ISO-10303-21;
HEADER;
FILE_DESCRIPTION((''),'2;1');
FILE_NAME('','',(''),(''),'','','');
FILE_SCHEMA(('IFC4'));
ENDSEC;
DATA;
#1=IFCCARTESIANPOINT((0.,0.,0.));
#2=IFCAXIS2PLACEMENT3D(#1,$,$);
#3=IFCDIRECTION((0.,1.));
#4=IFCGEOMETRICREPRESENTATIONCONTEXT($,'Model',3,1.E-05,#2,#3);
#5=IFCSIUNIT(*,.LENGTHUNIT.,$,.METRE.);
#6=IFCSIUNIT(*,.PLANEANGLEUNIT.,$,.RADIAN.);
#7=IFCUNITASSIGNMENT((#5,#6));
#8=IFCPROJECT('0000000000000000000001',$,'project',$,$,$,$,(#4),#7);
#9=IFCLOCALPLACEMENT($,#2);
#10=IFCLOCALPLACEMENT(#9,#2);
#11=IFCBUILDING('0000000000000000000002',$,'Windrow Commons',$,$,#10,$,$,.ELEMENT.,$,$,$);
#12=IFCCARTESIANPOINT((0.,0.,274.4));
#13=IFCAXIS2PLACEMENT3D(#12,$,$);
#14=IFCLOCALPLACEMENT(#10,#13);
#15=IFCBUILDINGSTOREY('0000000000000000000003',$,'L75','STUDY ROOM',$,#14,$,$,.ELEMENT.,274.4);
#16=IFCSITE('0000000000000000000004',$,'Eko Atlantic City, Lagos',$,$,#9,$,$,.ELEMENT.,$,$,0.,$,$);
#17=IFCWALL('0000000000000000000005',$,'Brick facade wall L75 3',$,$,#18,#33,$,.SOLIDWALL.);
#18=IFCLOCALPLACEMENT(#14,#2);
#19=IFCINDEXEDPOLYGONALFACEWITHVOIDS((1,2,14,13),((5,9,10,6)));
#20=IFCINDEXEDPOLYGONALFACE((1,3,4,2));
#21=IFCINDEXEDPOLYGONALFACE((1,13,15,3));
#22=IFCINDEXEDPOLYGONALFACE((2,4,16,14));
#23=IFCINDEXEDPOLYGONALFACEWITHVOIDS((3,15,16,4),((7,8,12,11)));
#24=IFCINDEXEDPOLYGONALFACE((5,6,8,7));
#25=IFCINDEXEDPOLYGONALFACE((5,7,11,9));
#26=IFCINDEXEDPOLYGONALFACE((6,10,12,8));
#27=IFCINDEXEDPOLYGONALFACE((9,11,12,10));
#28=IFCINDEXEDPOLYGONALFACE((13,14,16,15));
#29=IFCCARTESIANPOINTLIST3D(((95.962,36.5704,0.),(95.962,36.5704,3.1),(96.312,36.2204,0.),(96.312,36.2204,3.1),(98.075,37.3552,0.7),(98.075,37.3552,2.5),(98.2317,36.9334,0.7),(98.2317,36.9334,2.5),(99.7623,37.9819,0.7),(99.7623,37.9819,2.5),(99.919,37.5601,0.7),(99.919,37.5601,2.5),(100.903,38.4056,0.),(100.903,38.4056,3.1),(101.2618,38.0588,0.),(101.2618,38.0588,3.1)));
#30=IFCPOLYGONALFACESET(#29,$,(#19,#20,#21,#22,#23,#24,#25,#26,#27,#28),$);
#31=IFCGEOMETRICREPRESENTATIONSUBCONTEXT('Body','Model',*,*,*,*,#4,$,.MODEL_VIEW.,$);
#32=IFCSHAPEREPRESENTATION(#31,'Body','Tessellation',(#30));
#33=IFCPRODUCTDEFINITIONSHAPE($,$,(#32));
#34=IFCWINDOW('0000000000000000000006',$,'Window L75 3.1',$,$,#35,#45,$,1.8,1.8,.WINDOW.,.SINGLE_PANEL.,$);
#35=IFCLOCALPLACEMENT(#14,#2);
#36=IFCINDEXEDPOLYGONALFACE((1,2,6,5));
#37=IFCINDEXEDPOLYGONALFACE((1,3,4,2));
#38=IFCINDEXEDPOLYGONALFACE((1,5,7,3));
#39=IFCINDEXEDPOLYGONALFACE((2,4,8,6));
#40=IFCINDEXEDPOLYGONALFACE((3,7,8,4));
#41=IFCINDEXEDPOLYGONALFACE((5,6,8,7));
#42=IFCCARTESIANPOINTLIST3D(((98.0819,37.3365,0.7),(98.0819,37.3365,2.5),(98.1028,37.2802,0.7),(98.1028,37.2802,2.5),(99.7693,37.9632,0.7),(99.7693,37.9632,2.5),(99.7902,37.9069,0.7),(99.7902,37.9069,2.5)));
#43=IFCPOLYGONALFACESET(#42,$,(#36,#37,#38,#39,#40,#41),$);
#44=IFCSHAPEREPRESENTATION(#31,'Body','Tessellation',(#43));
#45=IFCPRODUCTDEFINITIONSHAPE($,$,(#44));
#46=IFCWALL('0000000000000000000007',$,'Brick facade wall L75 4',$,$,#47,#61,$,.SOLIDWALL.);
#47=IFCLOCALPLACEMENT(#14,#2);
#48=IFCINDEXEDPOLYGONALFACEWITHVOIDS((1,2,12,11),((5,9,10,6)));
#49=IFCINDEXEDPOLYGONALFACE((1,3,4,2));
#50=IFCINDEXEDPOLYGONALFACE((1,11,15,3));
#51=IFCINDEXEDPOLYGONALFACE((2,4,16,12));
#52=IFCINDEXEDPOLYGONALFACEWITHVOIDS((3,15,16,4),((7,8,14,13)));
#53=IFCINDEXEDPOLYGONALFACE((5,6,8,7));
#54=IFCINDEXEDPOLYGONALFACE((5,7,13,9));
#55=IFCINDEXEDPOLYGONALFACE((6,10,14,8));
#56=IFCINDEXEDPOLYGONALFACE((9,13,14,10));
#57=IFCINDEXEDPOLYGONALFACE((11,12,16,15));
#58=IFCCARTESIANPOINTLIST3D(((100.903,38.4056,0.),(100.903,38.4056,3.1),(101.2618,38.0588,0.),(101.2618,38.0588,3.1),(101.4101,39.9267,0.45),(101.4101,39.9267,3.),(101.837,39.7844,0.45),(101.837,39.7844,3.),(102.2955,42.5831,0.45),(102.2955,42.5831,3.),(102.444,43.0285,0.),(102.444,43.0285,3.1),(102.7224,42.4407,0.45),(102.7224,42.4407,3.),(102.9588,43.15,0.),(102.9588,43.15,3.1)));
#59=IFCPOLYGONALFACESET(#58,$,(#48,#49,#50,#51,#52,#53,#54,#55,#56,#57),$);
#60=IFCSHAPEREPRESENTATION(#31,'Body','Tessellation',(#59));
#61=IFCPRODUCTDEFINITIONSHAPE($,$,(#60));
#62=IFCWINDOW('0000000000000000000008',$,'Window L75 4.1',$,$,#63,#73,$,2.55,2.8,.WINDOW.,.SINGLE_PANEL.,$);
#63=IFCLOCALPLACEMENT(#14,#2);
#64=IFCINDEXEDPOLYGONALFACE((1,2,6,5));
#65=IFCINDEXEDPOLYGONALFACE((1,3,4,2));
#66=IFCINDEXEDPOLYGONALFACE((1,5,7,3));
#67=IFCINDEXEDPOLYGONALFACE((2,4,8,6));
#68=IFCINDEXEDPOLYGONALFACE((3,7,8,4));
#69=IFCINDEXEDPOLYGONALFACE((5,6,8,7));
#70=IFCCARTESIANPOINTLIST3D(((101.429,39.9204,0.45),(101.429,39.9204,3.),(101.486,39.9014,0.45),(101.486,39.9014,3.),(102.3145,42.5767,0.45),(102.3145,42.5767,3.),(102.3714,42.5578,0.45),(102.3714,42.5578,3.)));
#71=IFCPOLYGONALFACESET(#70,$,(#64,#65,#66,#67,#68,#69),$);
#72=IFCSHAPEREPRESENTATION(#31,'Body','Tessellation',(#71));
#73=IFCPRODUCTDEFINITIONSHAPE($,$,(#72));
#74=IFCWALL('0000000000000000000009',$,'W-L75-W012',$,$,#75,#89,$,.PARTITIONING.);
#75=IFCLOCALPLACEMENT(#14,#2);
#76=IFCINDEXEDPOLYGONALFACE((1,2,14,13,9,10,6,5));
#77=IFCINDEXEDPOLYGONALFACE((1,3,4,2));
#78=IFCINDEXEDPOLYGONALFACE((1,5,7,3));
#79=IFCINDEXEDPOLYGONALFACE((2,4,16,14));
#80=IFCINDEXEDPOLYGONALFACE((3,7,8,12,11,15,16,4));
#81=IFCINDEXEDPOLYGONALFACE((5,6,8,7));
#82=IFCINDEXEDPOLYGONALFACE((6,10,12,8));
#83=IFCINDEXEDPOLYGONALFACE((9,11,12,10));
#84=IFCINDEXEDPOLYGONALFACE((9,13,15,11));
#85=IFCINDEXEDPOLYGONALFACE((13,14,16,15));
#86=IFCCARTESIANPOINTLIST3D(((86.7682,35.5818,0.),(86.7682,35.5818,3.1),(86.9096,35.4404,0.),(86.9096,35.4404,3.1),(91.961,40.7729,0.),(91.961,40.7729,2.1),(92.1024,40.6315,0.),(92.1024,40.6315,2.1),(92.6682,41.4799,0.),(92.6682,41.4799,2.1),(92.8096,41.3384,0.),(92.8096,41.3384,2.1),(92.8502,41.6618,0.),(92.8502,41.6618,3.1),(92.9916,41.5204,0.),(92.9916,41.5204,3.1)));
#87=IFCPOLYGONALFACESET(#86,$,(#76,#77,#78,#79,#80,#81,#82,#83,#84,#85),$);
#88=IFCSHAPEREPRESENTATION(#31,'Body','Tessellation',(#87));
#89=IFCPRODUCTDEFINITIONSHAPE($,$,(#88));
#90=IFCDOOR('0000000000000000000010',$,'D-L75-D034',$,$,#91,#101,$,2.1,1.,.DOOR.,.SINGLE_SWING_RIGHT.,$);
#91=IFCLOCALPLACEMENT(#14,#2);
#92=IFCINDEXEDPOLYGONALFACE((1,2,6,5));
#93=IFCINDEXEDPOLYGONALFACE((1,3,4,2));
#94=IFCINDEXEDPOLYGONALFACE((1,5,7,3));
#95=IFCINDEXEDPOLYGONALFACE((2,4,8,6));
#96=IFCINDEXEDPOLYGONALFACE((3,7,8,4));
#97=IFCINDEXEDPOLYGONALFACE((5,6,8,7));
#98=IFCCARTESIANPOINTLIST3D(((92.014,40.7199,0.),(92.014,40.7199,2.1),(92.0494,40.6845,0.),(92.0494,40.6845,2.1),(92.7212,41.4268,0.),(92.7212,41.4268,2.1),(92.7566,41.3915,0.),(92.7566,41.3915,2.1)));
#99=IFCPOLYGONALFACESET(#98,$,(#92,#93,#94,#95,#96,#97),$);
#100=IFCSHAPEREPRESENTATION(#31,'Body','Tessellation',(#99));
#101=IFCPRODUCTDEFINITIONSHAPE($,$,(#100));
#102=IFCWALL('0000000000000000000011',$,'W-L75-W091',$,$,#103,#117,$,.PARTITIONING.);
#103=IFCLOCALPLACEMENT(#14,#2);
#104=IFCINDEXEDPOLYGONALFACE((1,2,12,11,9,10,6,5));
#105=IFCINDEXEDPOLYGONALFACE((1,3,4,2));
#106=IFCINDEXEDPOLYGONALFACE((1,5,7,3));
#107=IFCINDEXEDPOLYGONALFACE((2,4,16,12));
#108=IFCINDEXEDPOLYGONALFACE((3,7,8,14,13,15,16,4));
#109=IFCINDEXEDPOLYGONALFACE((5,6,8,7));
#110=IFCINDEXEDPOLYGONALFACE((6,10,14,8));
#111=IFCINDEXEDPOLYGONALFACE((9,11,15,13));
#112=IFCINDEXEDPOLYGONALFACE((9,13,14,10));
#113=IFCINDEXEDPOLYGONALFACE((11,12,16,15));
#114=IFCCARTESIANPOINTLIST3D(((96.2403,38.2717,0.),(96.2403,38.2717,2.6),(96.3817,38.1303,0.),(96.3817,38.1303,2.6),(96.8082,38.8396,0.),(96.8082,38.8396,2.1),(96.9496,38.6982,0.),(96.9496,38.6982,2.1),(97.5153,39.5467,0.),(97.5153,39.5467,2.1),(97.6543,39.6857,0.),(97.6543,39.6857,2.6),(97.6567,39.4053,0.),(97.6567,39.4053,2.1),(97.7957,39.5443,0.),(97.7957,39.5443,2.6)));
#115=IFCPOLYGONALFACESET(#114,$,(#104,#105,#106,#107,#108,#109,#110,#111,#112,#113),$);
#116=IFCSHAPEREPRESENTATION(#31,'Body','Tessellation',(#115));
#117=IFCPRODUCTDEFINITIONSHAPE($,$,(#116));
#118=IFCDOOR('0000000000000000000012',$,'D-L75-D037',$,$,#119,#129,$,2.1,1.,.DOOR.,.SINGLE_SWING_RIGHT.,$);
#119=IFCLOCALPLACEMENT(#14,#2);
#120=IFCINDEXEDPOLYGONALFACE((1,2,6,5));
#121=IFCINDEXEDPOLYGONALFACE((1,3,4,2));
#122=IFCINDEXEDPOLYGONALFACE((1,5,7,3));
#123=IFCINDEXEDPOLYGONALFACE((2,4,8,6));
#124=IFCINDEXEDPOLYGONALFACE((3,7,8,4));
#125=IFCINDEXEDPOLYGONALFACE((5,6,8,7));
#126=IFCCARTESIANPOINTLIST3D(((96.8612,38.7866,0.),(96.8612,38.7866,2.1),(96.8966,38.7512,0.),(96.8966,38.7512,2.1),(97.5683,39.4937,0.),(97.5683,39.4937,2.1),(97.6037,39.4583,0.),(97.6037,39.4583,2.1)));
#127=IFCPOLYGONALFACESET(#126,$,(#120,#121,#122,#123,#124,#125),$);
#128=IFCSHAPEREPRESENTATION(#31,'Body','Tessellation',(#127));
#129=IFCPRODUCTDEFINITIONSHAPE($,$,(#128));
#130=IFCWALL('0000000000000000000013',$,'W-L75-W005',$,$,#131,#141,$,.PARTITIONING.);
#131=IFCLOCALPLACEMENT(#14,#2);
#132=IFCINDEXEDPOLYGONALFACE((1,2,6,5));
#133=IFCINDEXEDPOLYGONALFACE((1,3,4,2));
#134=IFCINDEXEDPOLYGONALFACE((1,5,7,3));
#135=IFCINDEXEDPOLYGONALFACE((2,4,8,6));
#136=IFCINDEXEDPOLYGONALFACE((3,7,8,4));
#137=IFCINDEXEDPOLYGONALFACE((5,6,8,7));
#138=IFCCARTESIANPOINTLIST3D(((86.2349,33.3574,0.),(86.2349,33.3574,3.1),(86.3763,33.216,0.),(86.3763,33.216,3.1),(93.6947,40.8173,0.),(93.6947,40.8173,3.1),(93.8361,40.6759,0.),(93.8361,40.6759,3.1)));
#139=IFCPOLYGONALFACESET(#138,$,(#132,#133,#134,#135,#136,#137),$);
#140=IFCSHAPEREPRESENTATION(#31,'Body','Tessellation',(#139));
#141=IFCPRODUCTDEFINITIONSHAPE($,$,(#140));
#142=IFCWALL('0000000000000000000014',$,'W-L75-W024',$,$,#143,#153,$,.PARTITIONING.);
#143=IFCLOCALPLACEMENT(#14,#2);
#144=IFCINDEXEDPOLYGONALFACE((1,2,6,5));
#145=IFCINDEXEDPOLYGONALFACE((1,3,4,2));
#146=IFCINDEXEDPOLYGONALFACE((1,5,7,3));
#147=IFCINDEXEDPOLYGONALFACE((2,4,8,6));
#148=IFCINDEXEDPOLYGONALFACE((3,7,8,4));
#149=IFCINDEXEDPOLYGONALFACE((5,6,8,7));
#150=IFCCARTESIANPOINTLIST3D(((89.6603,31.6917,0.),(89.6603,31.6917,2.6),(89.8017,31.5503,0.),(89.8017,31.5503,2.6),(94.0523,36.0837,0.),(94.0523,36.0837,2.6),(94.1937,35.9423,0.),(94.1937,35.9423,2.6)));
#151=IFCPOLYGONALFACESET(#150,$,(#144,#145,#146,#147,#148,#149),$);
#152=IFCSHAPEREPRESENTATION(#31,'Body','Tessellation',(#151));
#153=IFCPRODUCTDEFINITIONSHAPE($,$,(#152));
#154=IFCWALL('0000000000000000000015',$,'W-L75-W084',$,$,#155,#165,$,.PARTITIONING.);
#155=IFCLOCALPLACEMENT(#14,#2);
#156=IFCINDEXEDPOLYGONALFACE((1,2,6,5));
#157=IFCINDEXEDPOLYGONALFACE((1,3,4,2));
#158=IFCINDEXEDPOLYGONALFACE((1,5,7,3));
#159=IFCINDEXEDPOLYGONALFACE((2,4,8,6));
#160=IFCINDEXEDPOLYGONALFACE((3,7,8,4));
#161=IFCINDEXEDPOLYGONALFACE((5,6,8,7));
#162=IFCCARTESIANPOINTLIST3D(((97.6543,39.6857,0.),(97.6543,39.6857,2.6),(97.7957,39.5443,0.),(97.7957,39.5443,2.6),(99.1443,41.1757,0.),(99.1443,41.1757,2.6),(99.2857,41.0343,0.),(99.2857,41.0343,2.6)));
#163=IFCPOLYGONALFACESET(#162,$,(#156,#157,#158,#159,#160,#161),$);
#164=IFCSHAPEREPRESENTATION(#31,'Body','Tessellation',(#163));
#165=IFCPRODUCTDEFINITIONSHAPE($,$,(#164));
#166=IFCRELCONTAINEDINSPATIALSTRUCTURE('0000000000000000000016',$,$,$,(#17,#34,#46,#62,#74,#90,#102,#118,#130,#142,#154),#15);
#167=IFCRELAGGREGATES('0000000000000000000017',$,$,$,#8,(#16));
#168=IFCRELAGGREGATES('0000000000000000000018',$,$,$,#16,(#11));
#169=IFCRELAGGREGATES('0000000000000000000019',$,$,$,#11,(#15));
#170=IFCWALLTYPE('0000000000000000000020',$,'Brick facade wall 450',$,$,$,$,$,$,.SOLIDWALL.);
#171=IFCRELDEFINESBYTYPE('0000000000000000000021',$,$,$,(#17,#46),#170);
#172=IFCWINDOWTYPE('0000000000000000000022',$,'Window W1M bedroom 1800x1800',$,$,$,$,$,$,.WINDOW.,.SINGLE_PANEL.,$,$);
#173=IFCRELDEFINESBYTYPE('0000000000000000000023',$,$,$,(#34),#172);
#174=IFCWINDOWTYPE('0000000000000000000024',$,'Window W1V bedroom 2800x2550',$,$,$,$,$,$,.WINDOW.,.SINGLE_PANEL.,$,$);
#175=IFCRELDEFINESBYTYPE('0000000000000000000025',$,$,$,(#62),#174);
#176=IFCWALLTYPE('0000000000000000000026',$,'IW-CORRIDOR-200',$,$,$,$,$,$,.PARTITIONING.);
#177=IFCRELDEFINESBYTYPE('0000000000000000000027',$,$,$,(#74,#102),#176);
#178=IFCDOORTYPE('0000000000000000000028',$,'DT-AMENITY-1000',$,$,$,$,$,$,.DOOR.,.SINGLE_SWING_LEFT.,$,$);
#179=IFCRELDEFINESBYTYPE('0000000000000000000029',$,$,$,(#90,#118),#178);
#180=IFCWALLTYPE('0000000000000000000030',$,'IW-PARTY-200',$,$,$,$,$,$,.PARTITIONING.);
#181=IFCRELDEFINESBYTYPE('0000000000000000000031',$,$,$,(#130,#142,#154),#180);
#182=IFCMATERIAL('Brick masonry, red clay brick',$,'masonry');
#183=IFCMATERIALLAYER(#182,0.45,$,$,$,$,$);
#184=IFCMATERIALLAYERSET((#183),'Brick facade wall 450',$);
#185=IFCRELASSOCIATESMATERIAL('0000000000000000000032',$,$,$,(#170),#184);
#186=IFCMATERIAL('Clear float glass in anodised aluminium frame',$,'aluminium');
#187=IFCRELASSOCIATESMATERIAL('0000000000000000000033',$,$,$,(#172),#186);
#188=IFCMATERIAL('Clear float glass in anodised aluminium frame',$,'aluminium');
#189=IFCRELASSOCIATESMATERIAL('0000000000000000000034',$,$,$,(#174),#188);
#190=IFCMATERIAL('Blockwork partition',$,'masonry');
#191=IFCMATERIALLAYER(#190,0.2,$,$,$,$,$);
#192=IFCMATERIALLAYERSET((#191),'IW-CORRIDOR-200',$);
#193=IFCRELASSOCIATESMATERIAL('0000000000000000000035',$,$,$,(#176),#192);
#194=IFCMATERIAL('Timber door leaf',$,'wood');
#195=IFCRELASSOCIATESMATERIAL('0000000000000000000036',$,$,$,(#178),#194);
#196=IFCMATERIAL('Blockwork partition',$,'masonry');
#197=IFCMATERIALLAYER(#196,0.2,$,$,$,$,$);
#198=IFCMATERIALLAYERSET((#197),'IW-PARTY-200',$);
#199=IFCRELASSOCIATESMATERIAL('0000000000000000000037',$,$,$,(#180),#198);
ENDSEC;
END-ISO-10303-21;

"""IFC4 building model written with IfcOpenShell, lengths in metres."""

from ifc_helpers import new_model, si_unit, direction, frame, frame_2d, origin, place, context, subcontext, project, spatial, polyline, rectangle, outline, extrude, material, layer, layer_set, type_object, element, fill, save


model = new_model("IFC4")

# Units and contexts
model_context = context("Model", 3, precision=1e-05, world=origin(), true_north=direction((0.0, 1.0)))
body_context = subcontext(model_context, "Body", "Model", "MODEL_VIEW")
ifc_project = project(units=[si_unit("LENGTHUNIT", "METRE"), si_unit("PLANEANGLEUNIT", "RADIAN")], contexts=[model_context])

# Site, building, storey
site_placement = place(None, origin())
site = spatial("IfcSite", under=ifc_project, at=site_placement, Name="Eko Atlantic City, Lagos", CompositionType="ELEMENT", RefElevation=0.0)
building_placement = place(site_placement, origin())
building = spatial("IfcBuilding", under=site, at=building_placement, Name="Windrow Commons", CompositionType="ELEMENT")
storey_placement = place(building_placement, frame((0.0, 0.0, 274.4)))
storey = spatial("IfcBuildingStorey", under=building, at=storey_placement, Name="L75", Description="STUDY ROOM", CompositionType="ELEMENT", Elevation=274.4)

# Walls, openings, windows
ifc_material_1 = material(Name="Brick masonry, red clay brick", Category="masonry")
ifc_layer_1 = layer(ifc_material_1, 0.45)
ifc_layer_set_1 = layer_set([ifc_layer_1], Name="Brick facade wall 450")
wall_type_1 = type_object("IfcWallType", Name="Brick facade wall 450", PredefinedType="SOLIDWALL", material=ifc_layer_set_1)
ifc_material_2 = material(Name="Clear float glass in anodised aluminium frame", Category="aluminium")
window_type_1 = type_object("IfcWindowType", Name="Window W1M bedroom 1800x1800", PartitioningType="SINGLE_PANEL", PredefinedType="WINDOW", material=ifc_material_2)
wall_1_placement = place(storey_placement, frame((96.137, 36.3954, 0.0), z_axis=(0.0, 0.0, 1.0), x_axis=(0.937429, 0.348176, 0.0)))
wall_1 = element("IfcWall", 1, at=wall_1_placement, inside=storey, type_object=wall_type_1, Name="Brick facade wall L75 3", PredefinedType="SOLIDWALL", context=body_context, shape_type="SweptSolid", body=[
    extrude(outline(polyline([(0.1031, -0.225), (5.3833, -0.225), (5.1677, 0.225), (-0.1031, 0.225), (0.1031, -0.225)])), origin(), (0.0, 0.0, 1.0), 3.1),
])
opening_1_placement = place(wall_1_placement, frame((2.1509, 0.0, 0.7)))
opening_1 = element("IfcOpeningElement", 2, at=opening_1_placement, cuts=wall_1, PredefinedType="OPENING", context=body_context, shape_type="SweptSolid", body=[
    extrude(rectangle(XDim=1.8, YDim=1.8, at=frame_2d((0.9, 0.9))), frame((0.0, 0.235, 0.0), z_axis=(0.0, -1.0, 0.0), x_axis=(1.0, 0.0, 0.0)), (0.0, 0.0, 1.0), 0.47),
])
window_1_placement = place(opening_1_placement, origin())
window_1 = element("IfcWindow", 3, at=window_1_placement, inside=storey, type_object=window_type_1, Name="Window L75 3.1", OverallHeight=1.8, OverallWidth=1.8, PartitioningType="SINGLE_PANEL", PredefinedType="WINDOW", context=body_context, shape_type="SweptSolid", body=[
    extrude(rectangle(XDim=1.8, YDim=1.8, at=frame_2d((0.9, 0.9))), frame((0.0, 0.205, 0.0), z_axis=(0.0, -1.0, 0.0), x_axis=(1.0, 0.0, 0.0)), (0.0, 0.0, 1.0), 0.06),
])
fill(opening_1, window_1)
wall_2_placement = place(storey_placement, frame((101.0824, 38.2322, 0.0), z_axis=(0.0, 0.0, 1.0), x_axis=(0.316228, 0.948683, 0.0)))
wall_2 = element("IfcWall", 4, at=wall_2_placement, inside=storey, type_object=wall_type_1, Name="Brick facade wall L75 4", PredefinedType="SOLIDWALL", context=body_context, shape_type="SweptSolid", body=[
    extrude(outline(polyline([(-0.1078, -0.225), (5.2588, -0.225), (4.9807, 0.225), (0.1078, 0.225), (-0.1078, -0.225)])), origin(), (0.0, 0.0, 1.0), 3.1),
])
opening_2_placement = place(wall_2_placement, frame((1.7112, 0.0, 0.45)))
opening_2 = element("IfcOpeningElement", 5, at=opening_2_placement, cuts=wall_2, PredefinedType="OPENING", context=body_context, shape_type="SweptSolid", body=[
    extrude(rectangle(XDim=2.8, YDim=2.55, at=frame_2d((1.4, 1.275))), frame((0.0, 0.235, 0.0), z_axis=(0.0, -1.0, 0.0), x_axis=(1.0, 0.0, 0.0)), (0.0, 0.0, 1.0), 0.47),
])
ifc_material_3 = material(Name="Clear float glass in anodised aluminium frame", Category="aluminium")
window_type_2 = type_object("IfcWindowType", Name="Window W1V bedroom 2800x2550", PartitioningType="SINGLE_PANEL", PredefinedType="WINDOW", material=ifc_material_3)
window_2_placement = place(opening_2_placement, origin())
window_2 = element("IfcWindow", 6, at=window_2_placement, inside=storey, type_object=window_type_2, Name="Window L75 4.1", OverallHeight=2.55, OverallWidth=2.8, PartitioningType="SINGLE_PANEL", PredefinedType="WINDOW", context=body_context, shape_type="SweptSolid", body=[
    extrude(rectangle(XDim=2.8, YDim=2.55, at=frame_2d((1.4, 1.275))), frame((0.0, 0.205, 0.0), z_axis=(0.0, -1.0, 0.0), x_axis=(1.0, 0.0, 0.0)), (0.0, 0.0, 1.0), 0.06),
])
fill(opening_2, window_2)

# Walls, openings, doors
ifc_material_4 = material(Name="Blockwork partition", Category="masonry")
ifc_layer_2 = layer(ifc_material_4, 0.2)
ifc_layer_set_2 = layer_set([ifc_layer_2], Name="IW-CORRIDOR-200")
wall_type_2 = type_object("IfcWallType", Name="IW-CORRIDOR-200", PredefinedType="PARTITIONING", material=ifc_layer_set_2)
wall_3_placement = place(storey_placement, frame((86.8389, 35.5111, 0.0), z_axis=(0.0, 0.0, 1.0), x_axis=(0.707223, 0.70699, 0.0)))
wall_3 = element("IfcWall", 7, at=wall_3_placement, inside=storey, type_object=wall_type_2, Name="W-L75-W012", PredefinedType="PARTITIONING", context=body_context, shape_type="SweptSolid", body=[
    extrude(rectangle(XDim=8.5998, YDim=0.2, at=frame_2d((4.2999, 0.0))), origin(), (0.0, 0.0, 1.0), 3.1),
])
opening_3_placement = place(wall_3_placement, frame((7.3425, 0.0, 0.0)))
opening_3 = element("IfcOpeningElement", 8, at=opening_3_placement, cuts=wall_3, PredefinedType="OPENING", context=body_context, shape_type="SweptSolid", body=[
    extrude(rectangle(XDim=1.0, YDim=2.1, at=frame_2d((0.5, 1.05))), frame((0.0, 0.11, 0.0), z_axis=(0.0, -1.0, 0.0), x_axis=(1.0, 0.0, 0.0)), (0.0, 0.0, 1.0), 0.22),
])
ifc_material_5 = material(Name="Timber door leaf", Category="wood")
door_type_1 = type_object("IfcDoorType", Name="DT-AMENITY-1000", OperationType="SINGLE_SWING_LEFT", PredefinedType="DOOR", material=ifc_material_5)
door_1_placement = place(opening_3_placement, origin())
door_1 = element("IfcDoor", 9, at=door_1_placement, inside=storey, type_object=door_type_1, Name="D-L75-D034", OperationType="SINGLE_SWING_RIGHT", OverallHeight=2.1, OverallWidth=1.0, PredefinedType="DOOR", context=body_context, shape_type="SweptSolid", body=[
    extrude(rectangle(XDim=1.0, YDim=2.1, at=frame_2d((0.5, 1.05))), frame((0.0, 0.025, 0.0), z_axis=(0.0, -1.0, 0.0), x_axis=(1.0, 0.0, 0.0)), (0.0, 0.0, 1.0), 0.05),
])
fill(opening_3, door_1)
wall_4_placement = place(storey_placement, frame((96.311, 38.201, 0.0), z_axis=(0.0, 0.0, 1.0), x_axis=(0.707107, 0.707107, 0.0)))
wall_4 = element("IfcWall", 10, at=wall_4_placement, inside=storey, type_object=wall_type_2, Name="W-L75-W091", PredefinedType="PARTITIONING", context=body_context, shape_type="SweptSolid", body=[
    extrude(rectangle(XDim=1.9997, YDim=0.2, at=frame_2d((0.9999, 0.0))), origin(), (0.0, 0.0, 1.0), 2.6),
])
opening_4_placement = place(wall_4_placement, frame((0.8031, 0.0, 0.0)))
opening_4 = element("IfcOpeningElement", 11, at=opening_4_placement, cuts=wall_4, PredefinedType="OPENING", context=body_context, shape_type="SweptSolid", body=[
    extrude(rectangle(XDim=1.0, YDim=2.1, at=frame_2d((0.5, 1.05))), frame((0.0, 0.11, 0.0), z_axis=(0.0, -1.0, 0.0), x_axis=(1.0, 0.0, 0.0)), (0.0, 0.0, 1.0), 0.22),
])
door_2_placement = place(opening_4_placement, origin())
door_2 = element("IfcDoor", 12, at=door_2_placement, inside=storey, type_object=door_type_1, Name="D-L75-D037", OperationType="SINGLE_SWING_RIGHT", OverallHeight=2.1, OverallWidth=1.0, PredefinedType="DOOR", context=body_context, shape_type="SweptSolid", body=[
    extrude(rectangle(XDim=1.0, YDim=2.1, at=frame_2d((0.5, 1.05))), frame((0.0, 0.025, 0.0), z_axis=(0.0, -1.0, 0.0), x_axis=(1.0, 0.0, 0.0)), (0.0, 0.0, 1.0), 0.05),
])
fill(opening_4, door_2)

# Walls
ifc_material_6 = material(Name="Blockwork partition", Category="masonry")
ifc_layer_3 = layer(ifc_material_6, 0.2)
ifc_layer_set_3 = layer_set([ifc_layer_3], Name="IW-PARTY-200")
wall_type_3 = type_object("IfcWallType", Name="IW-PARTY-200", PredefinedType="PARTITIONING", material=ifc_layer_set_3)
wall_5_placement = place(storey_placement, frame((86.3056, 33.2867, 0.0), z_axis=(0.0, 0.0, 1.0), x_axis=(0.707102, 0.707112, 0.0)))
element("IfcWall", 13, at=wall_5_placement, inside=storey, type_object=wall_type_3, Name="W-L75-W005", PredefinedType="PARTITIONING", context=body_context, shape_type="SweptSolid", body=[
    extrude(rectangle(XDim=10.5498, YDim=0.2, at=frame_2d((5.2749, 0.0))), origin(), (0.0, 0.0, 1.0), 3.1),
])
wall_6_placement = place(storey_placement, frame((89.731, 31.621, 0.0), z_axis=(0.0, 0.0, 1.0), x_axis=(0.707107, 0.707107, 0.0)))
element("IfcWall", 14, at=wall_6_placement, inside=storey, type_object=wall_type_3, Name="W-L75-W024", PredefinedType="PARTITIONING", context=body_context, shape_type="SweptSolid", body=[
    extrude(rectangle(XDim=6.2112, YDim=0.2, at=frame_2d((3.1056, 0.0))), origin(), (0.0, 0.0, 1.0), 2.6),
])
wall_7_placement = place(storey_placement, frame((97.725, 39.615, 0.0), z_axis=(0.0, 0.0, 1.0), x_axis=(0.707107, 0.707107, 0.0)))
element("IfcWall", 15, at=wall_7_placement, inside=storey, type_object=wall_type_3, Name="W-L75-W084", PredefinedType="PARTITIONING", context=body_context, shape_type="SweptSolid", body=[
    extrude(rectangle(XDim=2.1072, YDim=0.2, at=frame_2d((1.0536, 0.0))), origin(), (0.0, 0.0, 1.0), 2.6),
])

save(model, "model.ifc")
